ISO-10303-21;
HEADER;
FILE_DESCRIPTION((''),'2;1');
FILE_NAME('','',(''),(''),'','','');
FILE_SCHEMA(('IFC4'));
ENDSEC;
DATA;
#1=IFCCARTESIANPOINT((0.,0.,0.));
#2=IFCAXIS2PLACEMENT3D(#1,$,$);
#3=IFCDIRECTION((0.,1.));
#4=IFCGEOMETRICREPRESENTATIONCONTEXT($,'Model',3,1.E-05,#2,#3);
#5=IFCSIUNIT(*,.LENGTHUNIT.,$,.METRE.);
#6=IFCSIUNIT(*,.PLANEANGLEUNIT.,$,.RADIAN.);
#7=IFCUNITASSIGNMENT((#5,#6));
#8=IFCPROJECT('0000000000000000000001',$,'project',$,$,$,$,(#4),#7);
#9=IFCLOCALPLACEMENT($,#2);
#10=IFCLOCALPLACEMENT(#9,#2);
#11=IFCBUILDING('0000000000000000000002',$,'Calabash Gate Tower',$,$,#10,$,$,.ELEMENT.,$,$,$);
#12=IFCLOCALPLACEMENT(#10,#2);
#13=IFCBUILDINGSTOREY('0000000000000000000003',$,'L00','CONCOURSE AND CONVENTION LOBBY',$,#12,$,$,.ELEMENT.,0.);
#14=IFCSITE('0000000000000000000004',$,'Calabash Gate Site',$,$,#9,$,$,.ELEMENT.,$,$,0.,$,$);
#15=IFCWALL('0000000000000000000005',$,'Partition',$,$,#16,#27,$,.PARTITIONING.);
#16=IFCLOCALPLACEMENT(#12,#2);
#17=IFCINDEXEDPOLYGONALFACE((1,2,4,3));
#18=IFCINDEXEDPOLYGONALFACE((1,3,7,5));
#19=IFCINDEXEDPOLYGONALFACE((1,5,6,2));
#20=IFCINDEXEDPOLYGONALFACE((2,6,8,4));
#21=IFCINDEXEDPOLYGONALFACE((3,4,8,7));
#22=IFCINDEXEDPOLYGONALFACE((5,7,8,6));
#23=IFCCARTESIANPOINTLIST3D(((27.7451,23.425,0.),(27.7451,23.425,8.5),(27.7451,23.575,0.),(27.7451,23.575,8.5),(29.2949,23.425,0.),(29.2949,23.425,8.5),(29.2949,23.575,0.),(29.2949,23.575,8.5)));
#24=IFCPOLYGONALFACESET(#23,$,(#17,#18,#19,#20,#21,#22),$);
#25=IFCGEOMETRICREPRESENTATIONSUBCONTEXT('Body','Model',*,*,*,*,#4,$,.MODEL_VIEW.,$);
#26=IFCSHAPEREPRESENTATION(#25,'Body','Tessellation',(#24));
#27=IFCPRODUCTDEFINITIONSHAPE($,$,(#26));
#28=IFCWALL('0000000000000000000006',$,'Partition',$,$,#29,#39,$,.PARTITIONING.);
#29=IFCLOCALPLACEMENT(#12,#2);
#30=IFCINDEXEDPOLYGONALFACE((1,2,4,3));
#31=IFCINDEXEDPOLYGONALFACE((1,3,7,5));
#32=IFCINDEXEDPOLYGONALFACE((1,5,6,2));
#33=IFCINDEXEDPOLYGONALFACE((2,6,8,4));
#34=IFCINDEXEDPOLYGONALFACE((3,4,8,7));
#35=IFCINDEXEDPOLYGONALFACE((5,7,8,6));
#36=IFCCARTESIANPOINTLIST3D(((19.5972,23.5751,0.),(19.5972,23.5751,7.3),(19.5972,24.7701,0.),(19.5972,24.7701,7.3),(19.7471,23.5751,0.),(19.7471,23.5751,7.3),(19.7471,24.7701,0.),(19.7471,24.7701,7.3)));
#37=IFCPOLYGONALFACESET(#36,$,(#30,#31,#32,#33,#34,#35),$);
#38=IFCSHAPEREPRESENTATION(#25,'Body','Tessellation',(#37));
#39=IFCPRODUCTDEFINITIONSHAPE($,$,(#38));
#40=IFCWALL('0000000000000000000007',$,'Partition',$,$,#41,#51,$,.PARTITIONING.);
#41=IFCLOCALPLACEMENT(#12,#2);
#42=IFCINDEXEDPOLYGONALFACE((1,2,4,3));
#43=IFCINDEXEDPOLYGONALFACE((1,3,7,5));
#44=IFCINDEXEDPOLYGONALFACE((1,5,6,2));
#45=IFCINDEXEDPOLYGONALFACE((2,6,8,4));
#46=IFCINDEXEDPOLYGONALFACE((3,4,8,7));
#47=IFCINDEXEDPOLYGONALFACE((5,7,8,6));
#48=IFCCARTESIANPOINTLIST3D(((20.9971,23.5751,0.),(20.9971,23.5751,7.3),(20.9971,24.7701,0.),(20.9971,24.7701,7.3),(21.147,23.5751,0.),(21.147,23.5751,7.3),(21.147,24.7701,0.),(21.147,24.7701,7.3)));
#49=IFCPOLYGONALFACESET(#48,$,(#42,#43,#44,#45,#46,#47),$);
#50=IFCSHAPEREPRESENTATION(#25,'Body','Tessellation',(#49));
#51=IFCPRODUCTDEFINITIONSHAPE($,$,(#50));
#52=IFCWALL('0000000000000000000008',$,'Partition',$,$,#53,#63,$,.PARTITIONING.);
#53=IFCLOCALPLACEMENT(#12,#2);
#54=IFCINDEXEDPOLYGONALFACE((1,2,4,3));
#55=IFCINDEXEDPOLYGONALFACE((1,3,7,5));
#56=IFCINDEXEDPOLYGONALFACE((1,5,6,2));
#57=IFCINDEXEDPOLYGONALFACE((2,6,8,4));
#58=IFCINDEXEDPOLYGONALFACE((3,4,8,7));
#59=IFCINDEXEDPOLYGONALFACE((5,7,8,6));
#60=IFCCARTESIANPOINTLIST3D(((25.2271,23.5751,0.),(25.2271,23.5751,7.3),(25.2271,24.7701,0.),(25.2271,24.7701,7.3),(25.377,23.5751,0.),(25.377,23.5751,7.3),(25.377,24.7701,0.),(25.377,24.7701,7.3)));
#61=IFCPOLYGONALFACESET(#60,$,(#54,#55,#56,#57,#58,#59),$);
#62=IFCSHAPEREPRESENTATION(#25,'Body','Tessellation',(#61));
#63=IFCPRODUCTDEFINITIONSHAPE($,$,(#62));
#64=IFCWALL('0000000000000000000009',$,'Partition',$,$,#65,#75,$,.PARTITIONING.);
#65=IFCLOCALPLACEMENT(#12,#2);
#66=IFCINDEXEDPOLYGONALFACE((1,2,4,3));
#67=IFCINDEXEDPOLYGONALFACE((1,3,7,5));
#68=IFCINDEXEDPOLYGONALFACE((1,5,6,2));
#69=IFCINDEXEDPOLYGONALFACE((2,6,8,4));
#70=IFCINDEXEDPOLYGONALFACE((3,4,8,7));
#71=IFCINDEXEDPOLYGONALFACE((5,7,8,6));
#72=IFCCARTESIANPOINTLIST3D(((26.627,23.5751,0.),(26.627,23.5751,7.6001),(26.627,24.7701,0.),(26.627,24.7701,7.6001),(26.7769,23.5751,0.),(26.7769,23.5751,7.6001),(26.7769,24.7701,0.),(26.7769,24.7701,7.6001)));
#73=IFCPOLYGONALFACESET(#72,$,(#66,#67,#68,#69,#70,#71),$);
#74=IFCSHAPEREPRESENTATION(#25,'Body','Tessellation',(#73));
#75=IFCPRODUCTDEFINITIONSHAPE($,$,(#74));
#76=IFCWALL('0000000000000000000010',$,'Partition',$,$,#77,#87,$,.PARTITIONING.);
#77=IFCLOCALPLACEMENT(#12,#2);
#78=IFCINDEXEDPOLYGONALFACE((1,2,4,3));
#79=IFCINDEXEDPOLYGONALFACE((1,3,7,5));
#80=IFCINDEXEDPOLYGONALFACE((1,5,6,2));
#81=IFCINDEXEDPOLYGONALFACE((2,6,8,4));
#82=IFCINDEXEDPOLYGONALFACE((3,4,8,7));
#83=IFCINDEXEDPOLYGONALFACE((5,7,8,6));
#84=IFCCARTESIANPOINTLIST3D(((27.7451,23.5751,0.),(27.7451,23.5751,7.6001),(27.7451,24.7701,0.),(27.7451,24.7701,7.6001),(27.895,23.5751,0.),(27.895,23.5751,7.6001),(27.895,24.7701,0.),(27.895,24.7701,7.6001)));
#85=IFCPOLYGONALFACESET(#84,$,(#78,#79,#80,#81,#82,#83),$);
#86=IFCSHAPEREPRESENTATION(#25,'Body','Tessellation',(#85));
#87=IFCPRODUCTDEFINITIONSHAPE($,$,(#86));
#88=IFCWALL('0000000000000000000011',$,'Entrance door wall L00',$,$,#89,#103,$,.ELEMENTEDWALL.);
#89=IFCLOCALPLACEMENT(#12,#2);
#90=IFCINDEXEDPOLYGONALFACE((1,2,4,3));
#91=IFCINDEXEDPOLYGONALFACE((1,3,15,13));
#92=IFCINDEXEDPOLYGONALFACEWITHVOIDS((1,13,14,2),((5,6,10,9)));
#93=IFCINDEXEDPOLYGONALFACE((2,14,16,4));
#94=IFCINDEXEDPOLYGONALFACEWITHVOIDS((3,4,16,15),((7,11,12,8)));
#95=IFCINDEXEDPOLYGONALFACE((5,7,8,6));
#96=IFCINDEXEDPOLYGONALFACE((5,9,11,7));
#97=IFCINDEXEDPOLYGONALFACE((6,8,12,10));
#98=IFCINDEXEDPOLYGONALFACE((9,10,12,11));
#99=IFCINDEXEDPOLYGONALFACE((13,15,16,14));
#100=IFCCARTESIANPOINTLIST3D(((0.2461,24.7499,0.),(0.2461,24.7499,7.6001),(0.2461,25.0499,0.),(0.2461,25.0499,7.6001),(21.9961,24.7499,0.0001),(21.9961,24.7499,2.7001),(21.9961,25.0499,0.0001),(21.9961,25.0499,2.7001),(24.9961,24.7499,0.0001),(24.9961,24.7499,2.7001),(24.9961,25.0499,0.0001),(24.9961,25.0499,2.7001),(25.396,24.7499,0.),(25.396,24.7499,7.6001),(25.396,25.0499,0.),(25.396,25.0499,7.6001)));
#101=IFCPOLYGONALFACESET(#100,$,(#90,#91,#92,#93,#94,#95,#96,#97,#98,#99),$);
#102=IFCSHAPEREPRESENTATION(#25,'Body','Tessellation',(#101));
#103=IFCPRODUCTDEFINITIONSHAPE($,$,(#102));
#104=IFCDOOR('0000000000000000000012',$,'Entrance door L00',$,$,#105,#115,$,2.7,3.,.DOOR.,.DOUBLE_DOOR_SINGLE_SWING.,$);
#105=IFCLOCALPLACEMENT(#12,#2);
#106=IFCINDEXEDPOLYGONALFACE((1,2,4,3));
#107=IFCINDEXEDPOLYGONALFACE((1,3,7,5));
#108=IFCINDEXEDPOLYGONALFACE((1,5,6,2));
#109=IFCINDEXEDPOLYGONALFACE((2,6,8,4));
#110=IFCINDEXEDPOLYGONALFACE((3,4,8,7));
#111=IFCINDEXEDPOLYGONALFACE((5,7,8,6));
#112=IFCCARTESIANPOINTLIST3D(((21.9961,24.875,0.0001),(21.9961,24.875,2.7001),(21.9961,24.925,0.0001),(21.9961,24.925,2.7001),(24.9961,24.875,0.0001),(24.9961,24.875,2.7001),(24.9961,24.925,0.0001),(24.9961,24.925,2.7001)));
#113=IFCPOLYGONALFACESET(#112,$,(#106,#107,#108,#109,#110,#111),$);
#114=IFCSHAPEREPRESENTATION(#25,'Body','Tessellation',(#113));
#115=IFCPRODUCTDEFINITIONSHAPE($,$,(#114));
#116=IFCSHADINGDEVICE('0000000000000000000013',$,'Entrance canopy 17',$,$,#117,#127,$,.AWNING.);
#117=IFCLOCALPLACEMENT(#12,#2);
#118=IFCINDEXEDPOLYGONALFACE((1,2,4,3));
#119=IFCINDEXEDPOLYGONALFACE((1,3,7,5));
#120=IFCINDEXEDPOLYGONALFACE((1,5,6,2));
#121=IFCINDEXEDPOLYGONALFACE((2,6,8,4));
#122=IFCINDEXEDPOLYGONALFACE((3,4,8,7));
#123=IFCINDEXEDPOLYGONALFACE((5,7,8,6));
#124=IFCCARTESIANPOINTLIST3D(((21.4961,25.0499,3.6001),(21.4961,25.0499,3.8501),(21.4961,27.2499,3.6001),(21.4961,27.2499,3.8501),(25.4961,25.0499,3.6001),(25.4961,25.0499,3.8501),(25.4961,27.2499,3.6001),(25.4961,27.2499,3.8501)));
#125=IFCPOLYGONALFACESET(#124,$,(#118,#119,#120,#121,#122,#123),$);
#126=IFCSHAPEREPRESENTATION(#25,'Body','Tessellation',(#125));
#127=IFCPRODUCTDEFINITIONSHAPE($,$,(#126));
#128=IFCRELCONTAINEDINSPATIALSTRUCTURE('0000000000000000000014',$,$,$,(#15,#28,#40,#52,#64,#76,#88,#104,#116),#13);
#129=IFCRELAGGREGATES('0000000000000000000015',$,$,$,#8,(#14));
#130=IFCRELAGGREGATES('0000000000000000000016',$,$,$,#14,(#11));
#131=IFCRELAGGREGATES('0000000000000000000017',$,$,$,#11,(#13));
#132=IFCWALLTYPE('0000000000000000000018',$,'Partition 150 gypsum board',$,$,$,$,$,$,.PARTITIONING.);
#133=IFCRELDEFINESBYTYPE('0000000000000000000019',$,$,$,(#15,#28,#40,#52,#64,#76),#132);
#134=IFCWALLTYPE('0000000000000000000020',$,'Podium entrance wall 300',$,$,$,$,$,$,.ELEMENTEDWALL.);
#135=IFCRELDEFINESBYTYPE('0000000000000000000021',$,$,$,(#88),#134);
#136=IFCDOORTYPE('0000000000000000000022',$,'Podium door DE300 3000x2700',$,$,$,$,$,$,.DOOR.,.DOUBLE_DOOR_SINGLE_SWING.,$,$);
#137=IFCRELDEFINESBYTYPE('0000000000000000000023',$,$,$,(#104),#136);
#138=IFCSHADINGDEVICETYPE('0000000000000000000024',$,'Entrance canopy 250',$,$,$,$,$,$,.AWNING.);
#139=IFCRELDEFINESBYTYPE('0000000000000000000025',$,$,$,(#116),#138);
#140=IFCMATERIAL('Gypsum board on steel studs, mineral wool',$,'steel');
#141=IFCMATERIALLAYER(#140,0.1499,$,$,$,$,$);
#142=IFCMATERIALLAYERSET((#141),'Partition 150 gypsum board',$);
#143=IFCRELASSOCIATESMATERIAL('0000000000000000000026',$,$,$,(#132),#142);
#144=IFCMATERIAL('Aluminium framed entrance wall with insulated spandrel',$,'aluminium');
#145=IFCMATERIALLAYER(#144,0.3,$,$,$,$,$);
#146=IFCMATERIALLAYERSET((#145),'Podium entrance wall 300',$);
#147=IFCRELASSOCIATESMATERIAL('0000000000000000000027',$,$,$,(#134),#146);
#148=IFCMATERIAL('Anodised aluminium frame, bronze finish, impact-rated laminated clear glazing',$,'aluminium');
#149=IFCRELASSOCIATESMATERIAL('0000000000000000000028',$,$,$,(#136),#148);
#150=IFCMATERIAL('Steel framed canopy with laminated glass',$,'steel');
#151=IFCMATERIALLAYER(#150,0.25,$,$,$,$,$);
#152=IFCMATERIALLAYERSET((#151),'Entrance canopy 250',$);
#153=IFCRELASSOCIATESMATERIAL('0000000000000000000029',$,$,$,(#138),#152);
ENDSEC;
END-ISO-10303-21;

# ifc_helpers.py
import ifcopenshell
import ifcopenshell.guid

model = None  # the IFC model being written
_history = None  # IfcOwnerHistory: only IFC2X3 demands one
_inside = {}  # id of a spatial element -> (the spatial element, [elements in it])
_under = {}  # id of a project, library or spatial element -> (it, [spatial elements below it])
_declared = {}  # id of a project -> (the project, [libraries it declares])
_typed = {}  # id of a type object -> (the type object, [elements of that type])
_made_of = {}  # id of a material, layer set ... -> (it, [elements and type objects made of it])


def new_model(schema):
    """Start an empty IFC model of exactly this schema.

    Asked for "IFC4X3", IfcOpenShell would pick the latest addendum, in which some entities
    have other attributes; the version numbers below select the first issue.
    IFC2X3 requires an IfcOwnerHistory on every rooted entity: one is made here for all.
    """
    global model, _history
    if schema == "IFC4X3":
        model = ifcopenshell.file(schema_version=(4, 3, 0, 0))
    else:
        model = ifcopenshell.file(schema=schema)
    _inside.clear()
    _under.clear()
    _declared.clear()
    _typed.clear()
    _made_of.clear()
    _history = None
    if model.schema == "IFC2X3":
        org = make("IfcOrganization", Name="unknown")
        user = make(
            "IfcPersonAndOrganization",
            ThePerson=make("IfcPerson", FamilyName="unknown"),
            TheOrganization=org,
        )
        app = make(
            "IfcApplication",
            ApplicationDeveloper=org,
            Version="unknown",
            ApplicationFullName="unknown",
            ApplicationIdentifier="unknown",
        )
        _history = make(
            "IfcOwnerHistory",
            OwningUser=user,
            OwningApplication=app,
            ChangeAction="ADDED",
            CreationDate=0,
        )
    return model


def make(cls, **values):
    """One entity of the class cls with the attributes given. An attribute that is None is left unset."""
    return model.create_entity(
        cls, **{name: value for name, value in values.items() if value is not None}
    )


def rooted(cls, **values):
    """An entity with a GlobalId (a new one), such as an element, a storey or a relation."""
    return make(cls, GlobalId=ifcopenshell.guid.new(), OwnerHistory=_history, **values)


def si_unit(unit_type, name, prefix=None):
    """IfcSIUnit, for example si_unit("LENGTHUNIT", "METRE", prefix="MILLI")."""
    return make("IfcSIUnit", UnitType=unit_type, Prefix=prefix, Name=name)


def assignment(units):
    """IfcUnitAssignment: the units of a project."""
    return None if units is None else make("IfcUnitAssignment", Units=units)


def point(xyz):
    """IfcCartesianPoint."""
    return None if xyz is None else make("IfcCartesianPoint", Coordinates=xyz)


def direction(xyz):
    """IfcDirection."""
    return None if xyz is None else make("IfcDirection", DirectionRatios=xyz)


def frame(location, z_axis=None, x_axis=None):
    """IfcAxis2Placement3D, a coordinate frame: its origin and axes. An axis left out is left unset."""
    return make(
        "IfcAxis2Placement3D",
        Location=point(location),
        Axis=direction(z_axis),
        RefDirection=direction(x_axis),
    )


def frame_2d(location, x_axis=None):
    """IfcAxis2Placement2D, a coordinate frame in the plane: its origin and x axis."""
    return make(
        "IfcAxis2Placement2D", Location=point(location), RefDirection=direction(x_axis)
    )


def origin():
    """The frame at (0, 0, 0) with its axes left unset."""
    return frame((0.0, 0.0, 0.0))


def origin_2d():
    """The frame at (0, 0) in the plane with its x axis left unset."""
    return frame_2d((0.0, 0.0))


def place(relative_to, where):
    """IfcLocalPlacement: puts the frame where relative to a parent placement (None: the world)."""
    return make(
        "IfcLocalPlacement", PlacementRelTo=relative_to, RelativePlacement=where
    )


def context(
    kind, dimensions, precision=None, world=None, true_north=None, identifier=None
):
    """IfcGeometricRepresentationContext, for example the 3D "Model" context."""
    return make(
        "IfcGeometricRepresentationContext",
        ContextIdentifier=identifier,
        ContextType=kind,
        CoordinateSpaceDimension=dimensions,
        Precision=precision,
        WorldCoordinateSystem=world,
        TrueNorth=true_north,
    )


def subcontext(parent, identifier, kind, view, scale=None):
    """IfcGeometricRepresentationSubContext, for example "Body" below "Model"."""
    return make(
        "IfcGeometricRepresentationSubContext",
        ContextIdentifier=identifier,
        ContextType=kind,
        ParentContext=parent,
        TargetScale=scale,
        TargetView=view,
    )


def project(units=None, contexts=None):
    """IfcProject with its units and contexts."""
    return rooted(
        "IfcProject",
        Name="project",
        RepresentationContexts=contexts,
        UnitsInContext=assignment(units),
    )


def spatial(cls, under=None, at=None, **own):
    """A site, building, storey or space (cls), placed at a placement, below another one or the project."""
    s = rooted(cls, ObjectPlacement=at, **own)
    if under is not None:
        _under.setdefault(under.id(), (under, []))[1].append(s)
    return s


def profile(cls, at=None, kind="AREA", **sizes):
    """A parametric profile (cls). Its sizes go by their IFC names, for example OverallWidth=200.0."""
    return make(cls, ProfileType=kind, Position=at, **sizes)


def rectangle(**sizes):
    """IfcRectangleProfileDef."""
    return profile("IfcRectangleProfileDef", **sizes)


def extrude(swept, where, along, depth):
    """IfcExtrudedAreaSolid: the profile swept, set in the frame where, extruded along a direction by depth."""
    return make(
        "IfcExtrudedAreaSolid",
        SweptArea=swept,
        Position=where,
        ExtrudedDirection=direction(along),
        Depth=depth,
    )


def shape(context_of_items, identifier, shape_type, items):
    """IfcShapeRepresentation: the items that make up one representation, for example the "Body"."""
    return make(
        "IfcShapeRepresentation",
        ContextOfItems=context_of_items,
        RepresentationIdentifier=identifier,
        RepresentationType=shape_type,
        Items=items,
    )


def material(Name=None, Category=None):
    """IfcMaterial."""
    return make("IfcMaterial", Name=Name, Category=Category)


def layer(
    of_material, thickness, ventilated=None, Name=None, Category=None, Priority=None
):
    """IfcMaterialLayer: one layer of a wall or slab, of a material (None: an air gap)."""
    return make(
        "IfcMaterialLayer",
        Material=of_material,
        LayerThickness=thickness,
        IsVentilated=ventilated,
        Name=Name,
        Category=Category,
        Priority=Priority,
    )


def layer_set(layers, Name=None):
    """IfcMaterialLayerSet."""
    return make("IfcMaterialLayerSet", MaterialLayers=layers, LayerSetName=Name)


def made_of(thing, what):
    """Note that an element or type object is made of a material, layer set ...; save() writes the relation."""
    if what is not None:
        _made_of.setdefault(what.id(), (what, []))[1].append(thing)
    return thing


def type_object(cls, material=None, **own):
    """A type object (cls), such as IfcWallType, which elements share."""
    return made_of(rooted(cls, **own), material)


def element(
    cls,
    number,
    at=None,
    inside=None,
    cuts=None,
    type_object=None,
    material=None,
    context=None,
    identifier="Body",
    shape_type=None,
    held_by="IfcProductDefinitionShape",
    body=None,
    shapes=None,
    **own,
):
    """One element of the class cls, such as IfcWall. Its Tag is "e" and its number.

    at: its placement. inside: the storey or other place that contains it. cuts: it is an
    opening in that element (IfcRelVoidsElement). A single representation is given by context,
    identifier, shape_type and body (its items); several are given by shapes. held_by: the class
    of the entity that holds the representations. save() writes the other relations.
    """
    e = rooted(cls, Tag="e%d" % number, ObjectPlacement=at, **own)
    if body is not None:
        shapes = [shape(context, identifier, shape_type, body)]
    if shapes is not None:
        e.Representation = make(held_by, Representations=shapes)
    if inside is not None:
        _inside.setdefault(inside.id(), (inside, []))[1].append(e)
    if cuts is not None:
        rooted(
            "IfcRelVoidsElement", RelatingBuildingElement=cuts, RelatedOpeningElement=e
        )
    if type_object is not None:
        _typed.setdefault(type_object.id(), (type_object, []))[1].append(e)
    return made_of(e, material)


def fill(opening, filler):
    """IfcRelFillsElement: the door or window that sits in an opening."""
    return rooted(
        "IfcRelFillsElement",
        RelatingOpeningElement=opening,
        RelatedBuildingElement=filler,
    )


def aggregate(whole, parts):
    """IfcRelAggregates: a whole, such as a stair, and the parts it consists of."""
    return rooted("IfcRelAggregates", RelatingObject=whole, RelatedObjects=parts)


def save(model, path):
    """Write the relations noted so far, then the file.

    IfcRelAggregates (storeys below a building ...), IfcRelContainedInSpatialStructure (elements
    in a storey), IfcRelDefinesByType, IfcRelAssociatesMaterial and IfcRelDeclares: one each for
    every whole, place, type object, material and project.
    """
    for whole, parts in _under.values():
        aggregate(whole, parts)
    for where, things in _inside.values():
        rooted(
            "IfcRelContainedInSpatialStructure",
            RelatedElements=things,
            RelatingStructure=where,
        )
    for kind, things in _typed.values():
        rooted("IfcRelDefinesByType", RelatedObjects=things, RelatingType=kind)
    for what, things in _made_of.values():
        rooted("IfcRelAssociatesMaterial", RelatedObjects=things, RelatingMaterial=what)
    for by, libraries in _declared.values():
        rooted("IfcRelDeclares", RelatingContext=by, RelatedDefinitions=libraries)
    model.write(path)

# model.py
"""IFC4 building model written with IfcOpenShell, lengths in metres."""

from ifc_helpers import new_model, si_unit, direction, frame, frame_2d, origin, origin_2d, place, context, subcontext, project, spatial, rectangle, extrude, material, layer, layer_set, type_object, element, fill, save


model = new_model("IFC4")

# Units and contexts
model_context = context("Model", 3, precision=1e-05, world=origin(), true_north=direction((0.0, 1.0)))
body_context = subcontext(model_context, "Body", "Model", "MODEL_VIEW")
ifc_project = project(units=[si_unit("LENGTHUNIT", "METRE"), si_unit("PLANEANGLEUNIT", "RADIAN")], contexts=[model_context])

# Site, building, storey
site_placement = place(None, origin())
site = spatial("IfcSite", under=ifc_project, at=site_placement, Name="Calabash Gate Site", CompositionType="ELEMENT", RefElevation=0.0)
building_placement = place(site_placement, origin())
building = spatial("IfcBuilding", under=site, at=building_placement, Name="Calabash Gate Tower", CompositionType="ELEMENT")
storey_placement = place(building_placement, origin())
storey = spatial("IfcBuildingStorey", under=building, at=storey_placement, Name="L00", Description="CONCOURSE AND CONVENTION LOBBY", CompositionType="ELEMENT", Elevation=0.0)

# Walls
ifc_material_1 = material(Name="Gypsum board on steel studs, mineral wool", Category="steel")
ifc_layer_1 = layer(ifc_material_1, 0.1499)
ifc_layer_set_1 = layer_set([ifc_layer_1], Name="Partition 150 gypsum board")
wall_type_1 = type_object("IfcWallType", Name="Partition 150 gypsum board", PredefinedType="PARTITIONING", material=ifc_layer_set_1)
wall_1_placement = place(storey_placement, frame((27.7451, 23.5, 0.0), z_axis=(0.0, 0.0, 1.0), x_axis=(1.0, 0.0, 0.0)))
element("IfcWall", 1, at=wall_1_placement, inside=storey, type_object=wall_type_1, Name="Partition", PredefinedType="PARTITIONING", context=body_context, shape_type="SweptSolid", body=[
    extrude(rectangle(XDim=1.5498, YDim=0.1499, at=frame_2d((0.7749, 0.0))), origin(), (0.0, 0.0, 1.0), 8.5),
])
for number, where, z_axis, x_axis, name in (
    (2, (19.6721, 23.575, 0.0), (0.0, 0.0, 1.0), (0.0, 1.0, 0.0), "Partition"),
    (3, (21.072, 23.575, 0.0), (0.0, 0.0, 1.0), (0.0, 1.0, 0.0), "Partition"),
    (4, (25.302, 23.575, 0.0), (0.0, 0.0, 1.0), (0.0, 1.0, 0.0), "Partition"),
):
    element("IfcWall", number, at=place(storey_placement, frame(where, z_axis=z_axis, x_axis=x_axis)), inside=storey, type_object=wall_type_1, Name=name, PredefinedType="PARTITIONING", context=body_context, shape_type="SweptSolid", body=[
        extrude(rectangle(XDim=1.1951, YDim=0.1499, at=frame_2d((0.5977, 0.0))), origin(), (0.0, 0.0, 1.0), 7.3),
    ])
for number, where, z_axis, x_axis, name in (
    (5, (26.7019, 23.575, 0.0), (0.0, 0.0, 1.0), (0.0, 1.0, 0.0), "Partition"),
    (6, (27.8201, 23.575, 0.0), (0.0, 0.0, 1.0), (0.0, 1.0, 0.0), "Partition"),
):
    element("IfcWall", number, at=place(storey_placement, frame(where, z_axis=z_axis, x_axis=x_axis)), inside=storey, type_object=wall_type_1, Name=name, PredefinedType="PARTITIONING", context=body_context, shape_type="SweptSolid", body=[
        extrude(rectangle(XDim=1.1951, YDim=0.1499, at=frame_2d((0.5977, 0.0))), origin(), (0.0, 0.0, 1.0), 7.6001),
    ])

# Wall, opening, door
ifc_material_2 = material(Name="Aluminium framed entrance wall with insulated spandrel", Category="aluminium")
ifc_layer_2 = layer(ifc_material_2, 0.3)
ifc_layer_set_2 = layer_set([ifc_layer_2], Name="Podium entrance wall 300")
wall_type_2 = type_object("IfcWallType", Name="Podium entrance wall 300", PredefinedType="ELEMENTEDWALL", material=ifc_layer_set_2)
wall_2_placement = place(storey_placement, frame((25.396, 24.8999, 0.0), z_axis=(0.0, 0.0, 1.0), x_axis=(-1.0, 0.0, 0.0)))
wall_2 = element("IfcWall", 7, at=wall_2_placement, inside=storey, type_object=wall_type_2, Name="Entrance door wall L00", PredefinedType="ELEMENTEDWALL", context=body_context, shape_type="SweptSolid", body=[
    extrude(rectangle(XDim=25.1499, YDim=0.3, at=frame_2d((12.575, 0.0))), origin(), (0.0, 0.0, 1.0), 7.6001),
])
opening_placement = place(wall_2_placement, frame((0.3999, 0.0, 0.0)))
opening = element("IfcOpeningElement", 8, at=opening_placement, cuts=wall_2, PredefinedType="OPENING", context=body_context, shape_type="SweptSolid", body=[
    extrude(rectangle(XDim=3.0, YDim=2.7, at=frame_2d((1.5, 1.3501))), frame((0.0, 0.1599, 0.0), z_axis=(0.0, -1.0, 0.0), x_axis=(1.0, 0.0, 0.0)), (0.0, 0.0, 1.0), 0.3201),
])
ifc_material_3 = material(Name="Anodised aluminium frame, bronze finish, impact-rated laminated clear glazing", Category="aluminium")
door_type = type_object("IfcDoorType", Name="Podium door DE300 3000x2700", OperationType="DOUBLE_DOOR_SINGLE_SWING", PredefinedType="DOOR", material=ifc_material_3)
door_placement = place(opening_placement, origin())
door = element("IfcDoor", 9, at=door_placement, inside=storey, type_object=door_type, Name="Entrance door L00", OperationType="DOUBLE_DOOR_SINGLE_SWING", OverallHeight=2.7, OverallWidth=3.0, PredefinedType="DOOR", context=body_context, shape_type="SweptSolid", body=[
    extrude(rectangle(XDim=3.0, YDim=2.7, at=frame_2d((1.5, 1.3501))), frame((0.0, 0.0249, 0.0), z_axis=(0.0, -1.0, 0.0), x_axis=(1.0, 0.0, 0.0)), (0.0, 0.0, 1.0), 0.05),
])
fill(opening, door)

# Shading device
ifc_material_4 = material(Name="Steel framed canopy with laminated glass", Category="steel")
ifc_layer_3 = layer(ifc_material_4, 0.25)
ifc_layer_set_3 = layer_set([ifc_layer_3], Name="Entrance canopy 250")
shading_device_type = type_object("IfcShadingDeviceType", Name="Entrance canopy 250", PredefinedType="AWNING", material=ifc_layer_set_3)
shading_device_placement = place(storey_placement, frame((23.4961, 26.1499, 3.6001), z_axis=(0.0, 0.0, 1.0), x_axis=(-1.0, 0.0, 0.0)))
element("IfcShadingDevice", 10, at=shading_device_placement, inside=storey, type_object=shading_device_type, Name="Entrance canopy 17", PredefinedType="AWNING", context=body_context, shape_type="SweptSolid", body=[
    extrude(rectangle(XDim=4.0, YDim=2.2, at=origin_2d()), origin(), (0.0, 0.0, 1.0), 0.25),
])

save(model, "model.ifc")
